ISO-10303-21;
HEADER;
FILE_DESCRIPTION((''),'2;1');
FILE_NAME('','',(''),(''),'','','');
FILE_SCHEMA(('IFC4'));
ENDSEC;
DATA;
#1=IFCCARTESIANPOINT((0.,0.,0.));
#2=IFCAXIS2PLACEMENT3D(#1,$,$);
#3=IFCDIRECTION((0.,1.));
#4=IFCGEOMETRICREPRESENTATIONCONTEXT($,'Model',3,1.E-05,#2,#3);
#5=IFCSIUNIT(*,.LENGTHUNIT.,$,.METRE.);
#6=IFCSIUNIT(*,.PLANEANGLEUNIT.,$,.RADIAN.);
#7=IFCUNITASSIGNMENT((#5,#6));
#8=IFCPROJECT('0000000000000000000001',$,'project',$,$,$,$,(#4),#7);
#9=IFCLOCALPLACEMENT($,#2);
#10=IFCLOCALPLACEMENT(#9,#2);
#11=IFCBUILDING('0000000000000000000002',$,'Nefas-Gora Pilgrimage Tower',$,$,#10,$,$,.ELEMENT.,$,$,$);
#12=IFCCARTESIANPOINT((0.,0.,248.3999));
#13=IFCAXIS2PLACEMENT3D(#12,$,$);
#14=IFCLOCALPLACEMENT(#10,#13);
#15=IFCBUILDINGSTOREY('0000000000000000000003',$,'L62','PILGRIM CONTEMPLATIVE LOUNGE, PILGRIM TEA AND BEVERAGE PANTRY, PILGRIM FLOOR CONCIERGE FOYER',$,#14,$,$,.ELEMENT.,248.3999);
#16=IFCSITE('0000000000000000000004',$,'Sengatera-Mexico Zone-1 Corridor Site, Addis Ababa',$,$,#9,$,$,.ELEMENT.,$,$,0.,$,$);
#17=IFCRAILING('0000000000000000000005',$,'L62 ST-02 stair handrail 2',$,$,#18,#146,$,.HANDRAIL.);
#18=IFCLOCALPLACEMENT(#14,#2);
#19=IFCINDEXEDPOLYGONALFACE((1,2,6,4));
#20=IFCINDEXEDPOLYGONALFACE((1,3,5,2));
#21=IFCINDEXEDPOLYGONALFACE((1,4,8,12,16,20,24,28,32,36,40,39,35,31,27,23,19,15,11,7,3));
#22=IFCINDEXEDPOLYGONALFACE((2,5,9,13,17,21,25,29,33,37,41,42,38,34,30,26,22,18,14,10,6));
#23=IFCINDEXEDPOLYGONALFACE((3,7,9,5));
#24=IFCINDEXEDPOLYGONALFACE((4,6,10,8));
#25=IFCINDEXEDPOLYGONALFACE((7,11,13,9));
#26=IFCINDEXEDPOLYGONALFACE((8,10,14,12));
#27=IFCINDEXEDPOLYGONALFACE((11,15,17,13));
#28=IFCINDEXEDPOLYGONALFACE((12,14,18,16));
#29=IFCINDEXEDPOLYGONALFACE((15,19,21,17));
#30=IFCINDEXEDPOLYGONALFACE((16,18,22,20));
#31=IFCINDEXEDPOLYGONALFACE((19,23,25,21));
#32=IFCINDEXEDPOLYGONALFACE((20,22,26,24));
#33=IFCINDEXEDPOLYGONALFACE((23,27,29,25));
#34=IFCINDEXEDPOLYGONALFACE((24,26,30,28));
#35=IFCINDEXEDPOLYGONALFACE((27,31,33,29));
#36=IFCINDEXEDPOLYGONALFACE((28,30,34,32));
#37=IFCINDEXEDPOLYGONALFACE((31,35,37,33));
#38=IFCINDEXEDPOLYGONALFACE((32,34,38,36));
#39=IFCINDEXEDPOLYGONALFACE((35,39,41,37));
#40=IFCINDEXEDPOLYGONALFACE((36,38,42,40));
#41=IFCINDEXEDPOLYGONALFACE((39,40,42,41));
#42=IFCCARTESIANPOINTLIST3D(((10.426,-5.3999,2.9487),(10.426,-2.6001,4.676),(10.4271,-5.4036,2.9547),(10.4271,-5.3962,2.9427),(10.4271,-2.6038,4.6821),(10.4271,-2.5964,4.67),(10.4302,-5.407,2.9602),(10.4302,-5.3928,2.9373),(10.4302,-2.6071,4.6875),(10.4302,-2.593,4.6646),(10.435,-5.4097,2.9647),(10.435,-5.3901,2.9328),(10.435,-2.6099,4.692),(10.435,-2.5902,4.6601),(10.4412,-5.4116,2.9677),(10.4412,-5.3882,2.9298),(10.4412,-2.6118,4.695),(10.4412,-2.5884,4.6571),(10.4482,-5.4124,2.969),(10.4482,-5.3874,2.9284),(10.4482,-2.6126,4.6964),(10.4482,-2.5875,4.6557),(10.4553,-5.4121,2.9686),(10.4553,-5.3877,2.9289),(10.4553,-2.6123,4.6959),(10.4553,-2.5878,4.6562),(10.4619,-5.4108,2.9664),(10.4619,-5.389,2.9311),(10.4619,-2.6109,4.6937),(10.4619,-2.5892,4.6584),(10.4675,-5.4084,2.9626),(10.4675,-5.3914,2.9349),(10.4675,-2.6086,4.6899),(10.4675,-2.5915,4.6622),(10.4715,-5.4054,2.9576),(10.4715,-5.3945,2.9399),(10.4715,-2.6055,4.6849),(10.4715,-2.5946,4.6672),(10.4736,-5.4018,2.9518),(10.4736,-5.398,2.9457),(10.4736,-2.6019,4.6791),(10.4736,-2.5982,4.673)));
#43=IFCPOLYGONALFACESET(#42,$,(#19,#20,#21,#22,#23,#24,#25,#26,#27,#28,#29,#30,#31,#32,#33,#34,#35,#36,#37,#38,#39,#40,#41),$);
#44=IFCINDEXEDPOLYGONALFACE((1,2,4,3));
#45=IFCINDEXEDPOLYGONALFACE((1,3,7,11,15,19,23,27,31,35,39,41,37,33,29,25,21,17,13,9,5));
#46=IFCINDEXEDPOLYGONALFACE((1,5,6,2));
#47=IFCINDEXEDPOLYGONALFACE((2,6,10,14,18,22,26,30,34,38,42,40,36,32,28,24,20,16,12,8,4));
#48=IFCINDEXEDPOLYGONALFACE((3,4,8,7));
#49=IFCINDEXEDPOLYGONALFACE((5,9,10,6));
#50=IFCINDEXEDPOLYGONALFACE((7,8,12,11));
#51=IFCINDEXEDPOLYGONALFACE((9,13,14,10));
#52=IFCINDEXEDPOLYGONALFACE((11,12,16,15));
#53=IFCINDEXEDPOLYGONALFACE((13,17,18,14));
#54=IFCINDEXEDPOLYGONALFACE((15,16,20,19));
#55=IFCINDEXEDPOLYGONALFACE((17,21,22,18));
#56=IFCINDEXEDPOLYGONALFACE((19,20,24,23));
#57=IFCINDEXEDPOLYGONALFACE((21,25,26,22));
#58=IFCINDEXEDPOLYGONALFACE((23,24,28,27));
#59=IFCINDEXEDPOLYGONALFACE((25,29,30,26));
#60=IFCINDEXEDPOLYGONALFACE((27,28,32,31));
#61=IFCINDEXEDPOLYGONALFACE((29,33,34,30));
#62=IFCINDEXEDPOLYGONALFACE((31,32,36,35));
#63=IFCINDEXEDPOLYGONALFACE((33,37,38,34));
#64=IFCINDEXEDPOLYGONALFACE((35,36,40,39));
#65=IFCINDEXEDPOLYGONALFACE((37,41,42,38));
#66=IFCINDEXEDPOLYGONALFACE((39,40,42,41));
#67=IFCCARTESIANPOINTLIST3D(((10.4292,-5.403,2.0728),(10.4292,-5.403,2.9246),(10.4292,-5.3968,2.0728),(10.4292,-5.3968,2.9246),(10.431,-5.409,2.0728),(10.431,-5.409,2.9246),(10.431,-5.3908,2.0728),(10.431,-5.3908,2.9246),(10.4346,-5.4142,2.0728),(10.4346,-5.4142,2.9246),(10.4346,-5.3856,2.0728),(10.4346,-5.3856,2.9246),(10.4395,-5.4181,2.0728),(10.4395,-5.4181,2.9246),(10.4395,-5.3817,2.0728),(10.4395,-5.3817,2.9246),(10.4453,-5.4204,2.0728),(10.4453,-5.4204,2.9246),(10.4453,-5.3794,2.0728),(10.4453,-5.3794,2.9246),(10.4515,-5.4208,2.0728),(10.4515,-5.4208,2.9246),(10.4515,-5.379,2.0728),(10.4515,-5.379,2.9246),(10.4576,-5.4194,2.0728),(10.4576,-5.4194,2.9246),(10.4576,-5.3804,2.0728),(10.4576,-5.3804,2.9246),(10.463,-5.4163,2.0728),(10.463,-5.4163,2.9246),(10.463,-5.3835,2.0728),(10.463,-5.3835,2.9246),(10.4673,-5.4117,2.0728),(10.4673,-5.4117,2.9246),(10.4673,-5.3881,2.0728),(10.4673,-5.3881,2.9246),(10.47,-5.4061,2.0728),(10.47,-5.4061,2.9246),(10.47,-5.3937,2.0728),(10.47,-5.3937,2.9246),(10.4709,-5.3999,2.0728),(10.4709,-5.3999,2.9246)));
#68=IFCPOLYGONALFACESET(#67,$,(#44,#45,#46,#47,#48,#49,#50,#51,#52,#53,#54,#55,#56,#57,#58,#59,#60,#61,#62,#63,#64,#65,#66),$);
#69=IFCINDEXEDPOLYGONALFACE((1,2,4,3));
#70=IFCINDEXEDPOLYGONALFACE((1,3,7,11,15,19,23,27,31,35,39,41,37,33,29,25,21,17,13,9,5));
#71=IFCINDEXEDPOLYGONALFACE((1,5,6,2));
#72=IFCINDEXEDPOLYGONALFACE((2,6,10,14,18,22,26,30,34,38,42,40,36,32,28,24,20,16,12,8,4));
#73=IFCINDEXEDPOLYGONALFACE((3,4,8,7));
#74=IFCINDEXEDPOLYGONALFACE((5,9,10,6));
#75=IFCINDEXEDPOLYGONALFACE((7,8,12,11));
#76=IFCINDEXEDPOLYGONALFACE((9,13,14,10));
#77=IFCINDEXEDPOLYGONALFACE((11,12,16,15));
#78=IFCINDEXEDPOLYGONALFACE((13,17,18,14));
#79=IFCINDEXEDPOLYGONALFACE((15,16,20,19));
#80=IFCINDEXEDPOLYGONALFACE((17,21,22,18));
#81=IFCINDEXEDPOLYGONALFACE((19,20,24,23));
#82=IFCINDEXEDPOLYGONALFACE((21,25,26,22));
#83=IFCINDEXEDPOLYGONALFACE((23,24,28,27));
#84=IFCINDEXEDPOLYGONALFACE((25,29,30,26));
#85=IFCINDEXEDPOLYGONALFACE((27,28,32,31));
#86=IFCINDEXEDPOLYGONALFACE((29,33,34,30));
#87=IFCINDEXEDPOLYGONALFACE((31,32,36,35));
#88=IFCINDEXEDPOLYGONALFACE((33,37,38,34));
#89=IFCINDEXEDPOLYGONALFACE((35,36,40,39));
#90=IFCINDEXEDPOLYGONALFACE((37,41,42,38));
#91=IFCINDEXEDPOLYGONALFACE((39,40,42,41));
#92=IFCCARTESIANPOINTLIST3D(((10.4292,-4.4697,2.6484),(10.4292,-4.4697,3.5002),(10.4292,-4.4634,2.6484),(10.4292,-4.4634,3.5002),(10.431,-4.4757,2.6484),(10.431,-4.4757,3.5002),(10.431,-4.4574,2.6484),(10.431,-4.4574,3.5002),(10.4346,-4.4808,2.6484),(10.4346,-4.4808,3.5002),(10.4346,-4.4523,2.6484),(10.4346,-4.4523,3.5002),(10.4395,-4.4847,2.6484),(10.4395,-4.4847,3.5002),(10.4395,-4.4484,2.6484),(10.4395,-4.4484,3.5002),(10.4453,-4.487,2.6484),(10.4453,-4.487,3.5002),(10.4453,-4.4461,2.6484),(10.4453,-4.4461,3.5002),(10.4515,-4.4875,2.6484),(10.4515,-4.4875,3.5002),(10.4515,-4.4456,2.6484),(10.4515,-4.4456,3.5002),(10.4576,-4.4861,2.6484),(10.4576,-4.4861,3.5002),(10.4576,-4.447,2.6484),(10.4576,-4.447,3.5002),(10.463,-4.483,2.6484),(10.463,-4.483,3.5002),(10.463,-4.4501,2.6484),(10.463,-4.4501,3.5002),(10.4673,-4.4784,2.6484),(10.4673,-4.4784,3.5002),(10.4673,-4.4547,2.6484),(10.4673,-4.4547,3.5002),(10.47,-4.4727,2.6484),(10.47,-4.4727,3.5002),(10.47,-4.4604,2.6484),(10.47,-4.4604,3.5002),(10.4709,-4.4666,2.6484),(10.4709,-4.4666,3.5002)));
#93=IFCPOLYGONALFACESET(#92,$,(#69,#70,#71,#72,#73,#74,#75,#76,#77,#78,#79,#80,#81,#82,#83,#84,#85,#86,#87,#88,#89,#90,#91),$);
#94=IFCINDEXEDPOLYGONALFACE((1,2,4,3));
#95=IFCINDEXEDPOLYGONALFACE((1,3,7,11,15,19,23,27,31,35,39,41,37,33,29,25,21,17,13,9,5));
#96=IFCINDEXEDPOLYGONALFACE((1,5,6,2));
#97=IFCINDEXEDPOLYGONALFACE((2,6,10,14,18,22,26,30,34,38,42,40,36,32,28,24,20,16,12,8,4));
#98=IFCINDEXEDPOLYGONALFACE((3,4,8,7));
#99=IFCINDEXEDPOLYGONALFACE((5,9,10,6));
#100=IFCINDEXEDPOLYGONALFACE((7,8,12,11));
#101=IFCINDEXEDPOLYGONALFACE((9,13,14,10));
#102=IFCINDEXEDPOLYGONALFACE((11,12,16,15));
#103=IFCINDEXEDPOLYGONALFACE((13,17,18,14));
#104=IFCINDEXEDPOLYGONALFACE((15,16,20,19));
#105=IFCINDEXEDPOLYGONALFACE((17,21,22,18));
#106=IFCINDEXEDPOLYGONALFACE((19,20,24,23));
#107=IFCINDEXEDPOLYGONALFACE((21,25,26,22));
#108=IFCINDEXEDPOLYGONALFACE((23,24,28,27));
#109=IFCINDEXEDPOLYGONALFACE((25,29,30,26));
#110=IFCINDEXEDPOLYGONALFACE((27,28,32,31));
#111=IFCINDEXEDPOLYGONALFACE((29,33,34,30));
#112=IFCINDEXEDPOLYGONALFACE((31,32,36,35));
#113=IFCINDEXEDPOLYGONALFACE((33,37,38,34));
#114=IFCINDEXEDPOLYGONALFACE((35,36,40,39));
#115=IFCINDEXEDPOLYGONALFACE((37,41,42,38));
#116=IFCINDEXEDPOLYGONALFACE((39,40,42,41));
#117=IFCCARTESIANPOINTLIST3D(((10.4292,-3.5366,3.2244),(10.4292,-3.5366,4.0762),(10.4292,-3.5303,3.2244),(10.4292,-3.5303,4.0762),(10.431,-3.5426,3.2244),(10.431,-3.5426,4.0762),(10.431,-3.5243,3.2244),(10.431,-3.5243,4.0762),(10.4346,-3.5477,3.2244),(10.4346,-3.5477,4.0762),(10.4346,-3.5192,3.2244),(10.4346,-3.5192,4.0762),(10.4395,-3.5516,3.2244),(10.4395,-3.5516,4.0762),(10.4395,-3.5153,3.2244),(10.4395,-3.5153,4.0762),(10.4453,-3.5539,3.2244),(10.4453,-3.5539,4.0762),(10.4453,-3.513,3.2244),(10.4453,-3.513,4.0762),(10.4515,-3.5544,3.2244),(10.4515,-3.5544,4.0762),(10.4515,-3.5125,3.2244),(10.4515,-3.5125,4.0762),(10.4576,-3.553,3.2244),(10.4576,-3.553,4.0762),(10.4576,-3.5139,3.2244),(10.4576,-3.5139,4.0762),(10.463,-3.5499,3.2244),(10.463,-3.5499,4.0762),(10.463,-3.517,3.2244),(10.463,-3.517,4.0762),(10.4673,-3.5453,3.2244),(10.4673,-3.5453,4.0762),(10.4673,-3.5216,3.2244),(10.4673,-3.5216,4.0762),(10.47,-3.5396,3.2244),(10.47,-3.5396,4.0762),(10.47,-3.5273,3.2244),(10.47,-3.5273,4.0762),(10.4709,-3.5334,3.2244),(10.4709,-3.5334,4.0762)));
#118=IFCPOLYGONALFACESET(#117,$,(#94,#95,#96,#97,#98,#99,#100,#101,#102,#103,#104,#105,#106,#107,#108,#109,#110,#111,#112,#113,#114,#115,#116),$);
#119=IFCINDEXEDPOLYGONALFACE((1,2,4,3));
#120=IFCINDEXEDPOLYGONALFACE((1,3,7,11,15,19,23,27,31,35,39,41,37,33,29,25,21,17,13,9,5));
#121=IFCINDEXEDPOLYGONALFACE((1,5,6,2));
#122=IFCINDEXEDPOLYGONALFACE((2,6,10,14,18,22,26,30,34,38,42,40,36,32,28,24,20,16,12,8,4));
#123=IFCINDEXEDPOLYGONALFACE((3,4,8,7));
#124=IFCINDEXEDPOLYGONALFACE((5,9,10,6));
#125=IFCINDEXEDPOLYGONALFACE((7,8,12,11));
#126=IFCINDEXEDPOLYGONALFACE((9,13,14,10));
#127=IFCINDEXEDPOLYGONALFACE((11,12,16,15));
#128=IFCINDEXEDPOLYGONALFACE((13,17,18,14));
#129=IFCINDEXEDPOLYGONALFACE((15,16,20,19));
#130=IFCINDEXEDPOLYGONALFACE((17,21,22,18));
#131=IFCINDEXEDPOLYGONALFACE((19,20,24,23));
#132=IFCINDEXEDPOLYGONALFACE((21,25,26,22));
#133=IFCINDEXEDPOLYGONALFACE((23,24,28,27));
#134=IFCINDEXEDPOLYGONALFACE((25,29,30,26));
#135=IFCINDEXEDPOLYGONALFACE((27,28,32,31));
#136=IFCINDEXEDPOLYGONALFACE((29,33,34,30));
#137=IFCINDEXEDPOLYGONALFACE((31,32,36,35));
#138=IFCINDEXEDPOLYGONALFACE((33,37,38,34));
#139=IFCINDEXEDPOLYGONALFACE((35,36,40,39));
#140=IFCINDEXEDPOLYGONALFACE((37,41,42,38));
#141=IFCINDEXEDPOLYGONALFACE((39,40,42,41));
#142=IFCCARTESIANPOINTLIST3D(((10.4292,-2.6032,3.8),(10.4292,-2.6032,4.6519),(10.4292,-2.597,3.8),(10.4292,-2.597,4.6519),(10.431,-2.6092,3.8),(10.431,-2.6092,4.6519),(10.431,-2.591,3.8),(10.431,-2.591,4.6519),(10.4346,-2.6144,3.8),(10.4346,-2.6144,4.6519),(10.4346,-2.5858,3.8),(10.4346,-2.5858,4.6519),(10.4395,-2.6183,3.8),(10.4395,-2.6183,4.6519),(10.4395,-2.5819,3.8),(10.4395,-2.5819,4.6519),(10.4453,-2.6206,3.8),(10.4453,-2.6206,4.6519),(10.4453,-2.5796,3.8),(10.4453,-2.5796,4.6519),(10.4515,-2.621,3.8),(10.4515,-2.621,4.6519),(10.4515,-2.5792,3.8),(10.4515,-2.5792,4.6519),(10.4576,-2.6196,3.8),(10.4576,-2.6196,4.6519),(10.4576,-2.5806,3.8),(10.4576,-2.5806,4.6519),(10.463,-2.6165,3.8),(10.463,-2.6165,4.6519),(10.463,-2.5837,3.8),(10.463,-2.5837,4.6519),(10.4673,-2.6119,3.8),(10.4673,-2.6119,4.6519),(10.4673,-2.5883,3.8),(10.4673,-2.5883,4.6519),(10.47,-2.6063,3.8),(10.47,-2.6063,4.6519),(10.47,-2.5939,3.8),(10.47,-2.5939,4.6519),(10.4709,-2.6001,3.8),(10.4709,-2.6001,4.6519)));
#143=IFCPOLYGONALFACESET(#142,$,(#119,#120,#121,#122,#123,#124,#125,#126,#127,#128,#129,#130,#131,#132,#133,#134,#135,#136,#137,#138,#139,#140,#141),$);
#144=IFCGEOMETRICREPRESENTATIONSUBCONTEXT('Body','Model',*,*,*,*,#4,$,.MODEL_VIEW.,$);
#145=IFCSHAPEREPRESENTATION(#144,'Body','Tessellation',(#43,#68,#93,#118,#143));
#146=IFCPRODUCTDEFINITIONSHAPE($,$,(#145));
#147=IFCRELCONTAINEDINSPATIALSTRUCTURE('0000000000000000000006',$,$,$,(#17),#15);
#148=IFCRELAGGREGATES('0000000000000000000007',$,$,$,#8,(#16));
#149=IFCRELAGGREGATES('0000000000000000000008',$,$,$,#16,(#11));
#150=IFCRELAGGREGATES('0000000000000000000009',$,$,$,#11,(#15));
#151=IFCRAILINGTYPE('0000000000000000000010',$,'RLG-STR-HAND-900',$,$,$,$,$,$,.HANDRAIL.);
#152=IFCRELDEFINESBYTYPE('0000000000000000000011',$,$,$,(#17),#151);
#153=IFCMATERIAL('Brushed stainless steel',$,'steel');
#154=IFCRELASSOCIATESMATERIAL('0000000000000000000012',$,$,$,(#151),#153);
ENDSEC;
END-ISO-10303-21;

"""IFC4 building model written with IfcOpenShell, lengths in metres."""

from ifc_helpers import new_model, si_unit, direction, frame, origin, origin_2d, place, context, subcontext, project, spatial, circle, extrude, material, type_object, element, save


model = new_model("IFC4")

# Units and contexts
model_context = context("Model", 3, precision=1e-05, world=origin(), true_north=direction((0.0, 1.0)))
body_context = subcontext(model_context, "Body", "Model", "MODEL_VIEW")
ifc_project = project(units=[si_unit("LENGTHUNIT", "METRE"), si_unit("PLANEANGLEUNIT", "RADIAN")], contexts=[model_context])

# Site, building, storey
site_placement = place(None, origin())
site = spatial("IfcSite", under=ifc_project, at=site_placement, Name="Sengatera-Mexico Zone-1 Corridor Site, Addis Ababa", CompositionType="ELEMENT", RefElevation=0.0)
building_placement = place(site_placement, origin())
building = spatial("IfcBuilding", under=site, at=building_placement, Name="Nefas-Gora Pilgrimage Tower", CompositionType="ELEMENT")
storey_placement = place(building_placement, frame((0.0, 0.0, 248.3999)))
storey = spatial("IfcBuildingStorey", under=building, at=storey_placement, Name="L62", Description="PILGRIM CONTEMPLATIVE LOUNGE, PILGRIM TEA AND BEVERAGE PANTRY, PILGRIM FLOOR CONCIERGE FOYER", CompositionType="ELEMENT", Elevation=248.3999)

# Railing
ifc_material_1 = material(Name="Brushed stainless steel", Category="steel")
railing_type_1 = type_object("IfcRailingType", Name="RLG-STR-HAND-900", PredefinedType="HANDRAIL", material=ifc_material_1)
railing_1_placement = place(storey_placement, frame((10.45, -5.3999, 2.0728)))
element("IfcRailing", 1, at=railing_1_placement, inside=storey, type_object=railing_type_1, Name="L62 ST-02 stair handrail 2", PredefinedType="HANDRAIL", context=body_context, shape_type="SweptSolid", body=[
    extrude(circle(Radius=0.0239, at=origin_2d()), frame((0.0, 0.0, 0.876), z_axis=(0.0, 0.851069, 0.525054), x_axis=(-1.0, 0.0, 0.0)), (0.0, 0.0, 1.0), 3.2898),
    extrude(circle(Radius=0.021, at=origin_2d()), origin(), (0.0, 0.0, 1.0), 0.8518),
    extrude(circle(Radius=0.021, at=origin_2d()), frame((0.0, 0.9333, 0.5757)), (0.0, 0.0, 1.0), 0.8518),
    extrude(circle(Radius=0.021, at=origin_2d()), frame((0.0, 1.8665, 1.1516)), (0.0, 0.0, 1.0), 0.8518),
    extrude(circle(Radius=0.021, at=origin_2d()), frame((0.0, 2.7998, 1.7273)), (0.0, 0.0, 1.0), 0.8518),
])

save(model, "model.ifc")
